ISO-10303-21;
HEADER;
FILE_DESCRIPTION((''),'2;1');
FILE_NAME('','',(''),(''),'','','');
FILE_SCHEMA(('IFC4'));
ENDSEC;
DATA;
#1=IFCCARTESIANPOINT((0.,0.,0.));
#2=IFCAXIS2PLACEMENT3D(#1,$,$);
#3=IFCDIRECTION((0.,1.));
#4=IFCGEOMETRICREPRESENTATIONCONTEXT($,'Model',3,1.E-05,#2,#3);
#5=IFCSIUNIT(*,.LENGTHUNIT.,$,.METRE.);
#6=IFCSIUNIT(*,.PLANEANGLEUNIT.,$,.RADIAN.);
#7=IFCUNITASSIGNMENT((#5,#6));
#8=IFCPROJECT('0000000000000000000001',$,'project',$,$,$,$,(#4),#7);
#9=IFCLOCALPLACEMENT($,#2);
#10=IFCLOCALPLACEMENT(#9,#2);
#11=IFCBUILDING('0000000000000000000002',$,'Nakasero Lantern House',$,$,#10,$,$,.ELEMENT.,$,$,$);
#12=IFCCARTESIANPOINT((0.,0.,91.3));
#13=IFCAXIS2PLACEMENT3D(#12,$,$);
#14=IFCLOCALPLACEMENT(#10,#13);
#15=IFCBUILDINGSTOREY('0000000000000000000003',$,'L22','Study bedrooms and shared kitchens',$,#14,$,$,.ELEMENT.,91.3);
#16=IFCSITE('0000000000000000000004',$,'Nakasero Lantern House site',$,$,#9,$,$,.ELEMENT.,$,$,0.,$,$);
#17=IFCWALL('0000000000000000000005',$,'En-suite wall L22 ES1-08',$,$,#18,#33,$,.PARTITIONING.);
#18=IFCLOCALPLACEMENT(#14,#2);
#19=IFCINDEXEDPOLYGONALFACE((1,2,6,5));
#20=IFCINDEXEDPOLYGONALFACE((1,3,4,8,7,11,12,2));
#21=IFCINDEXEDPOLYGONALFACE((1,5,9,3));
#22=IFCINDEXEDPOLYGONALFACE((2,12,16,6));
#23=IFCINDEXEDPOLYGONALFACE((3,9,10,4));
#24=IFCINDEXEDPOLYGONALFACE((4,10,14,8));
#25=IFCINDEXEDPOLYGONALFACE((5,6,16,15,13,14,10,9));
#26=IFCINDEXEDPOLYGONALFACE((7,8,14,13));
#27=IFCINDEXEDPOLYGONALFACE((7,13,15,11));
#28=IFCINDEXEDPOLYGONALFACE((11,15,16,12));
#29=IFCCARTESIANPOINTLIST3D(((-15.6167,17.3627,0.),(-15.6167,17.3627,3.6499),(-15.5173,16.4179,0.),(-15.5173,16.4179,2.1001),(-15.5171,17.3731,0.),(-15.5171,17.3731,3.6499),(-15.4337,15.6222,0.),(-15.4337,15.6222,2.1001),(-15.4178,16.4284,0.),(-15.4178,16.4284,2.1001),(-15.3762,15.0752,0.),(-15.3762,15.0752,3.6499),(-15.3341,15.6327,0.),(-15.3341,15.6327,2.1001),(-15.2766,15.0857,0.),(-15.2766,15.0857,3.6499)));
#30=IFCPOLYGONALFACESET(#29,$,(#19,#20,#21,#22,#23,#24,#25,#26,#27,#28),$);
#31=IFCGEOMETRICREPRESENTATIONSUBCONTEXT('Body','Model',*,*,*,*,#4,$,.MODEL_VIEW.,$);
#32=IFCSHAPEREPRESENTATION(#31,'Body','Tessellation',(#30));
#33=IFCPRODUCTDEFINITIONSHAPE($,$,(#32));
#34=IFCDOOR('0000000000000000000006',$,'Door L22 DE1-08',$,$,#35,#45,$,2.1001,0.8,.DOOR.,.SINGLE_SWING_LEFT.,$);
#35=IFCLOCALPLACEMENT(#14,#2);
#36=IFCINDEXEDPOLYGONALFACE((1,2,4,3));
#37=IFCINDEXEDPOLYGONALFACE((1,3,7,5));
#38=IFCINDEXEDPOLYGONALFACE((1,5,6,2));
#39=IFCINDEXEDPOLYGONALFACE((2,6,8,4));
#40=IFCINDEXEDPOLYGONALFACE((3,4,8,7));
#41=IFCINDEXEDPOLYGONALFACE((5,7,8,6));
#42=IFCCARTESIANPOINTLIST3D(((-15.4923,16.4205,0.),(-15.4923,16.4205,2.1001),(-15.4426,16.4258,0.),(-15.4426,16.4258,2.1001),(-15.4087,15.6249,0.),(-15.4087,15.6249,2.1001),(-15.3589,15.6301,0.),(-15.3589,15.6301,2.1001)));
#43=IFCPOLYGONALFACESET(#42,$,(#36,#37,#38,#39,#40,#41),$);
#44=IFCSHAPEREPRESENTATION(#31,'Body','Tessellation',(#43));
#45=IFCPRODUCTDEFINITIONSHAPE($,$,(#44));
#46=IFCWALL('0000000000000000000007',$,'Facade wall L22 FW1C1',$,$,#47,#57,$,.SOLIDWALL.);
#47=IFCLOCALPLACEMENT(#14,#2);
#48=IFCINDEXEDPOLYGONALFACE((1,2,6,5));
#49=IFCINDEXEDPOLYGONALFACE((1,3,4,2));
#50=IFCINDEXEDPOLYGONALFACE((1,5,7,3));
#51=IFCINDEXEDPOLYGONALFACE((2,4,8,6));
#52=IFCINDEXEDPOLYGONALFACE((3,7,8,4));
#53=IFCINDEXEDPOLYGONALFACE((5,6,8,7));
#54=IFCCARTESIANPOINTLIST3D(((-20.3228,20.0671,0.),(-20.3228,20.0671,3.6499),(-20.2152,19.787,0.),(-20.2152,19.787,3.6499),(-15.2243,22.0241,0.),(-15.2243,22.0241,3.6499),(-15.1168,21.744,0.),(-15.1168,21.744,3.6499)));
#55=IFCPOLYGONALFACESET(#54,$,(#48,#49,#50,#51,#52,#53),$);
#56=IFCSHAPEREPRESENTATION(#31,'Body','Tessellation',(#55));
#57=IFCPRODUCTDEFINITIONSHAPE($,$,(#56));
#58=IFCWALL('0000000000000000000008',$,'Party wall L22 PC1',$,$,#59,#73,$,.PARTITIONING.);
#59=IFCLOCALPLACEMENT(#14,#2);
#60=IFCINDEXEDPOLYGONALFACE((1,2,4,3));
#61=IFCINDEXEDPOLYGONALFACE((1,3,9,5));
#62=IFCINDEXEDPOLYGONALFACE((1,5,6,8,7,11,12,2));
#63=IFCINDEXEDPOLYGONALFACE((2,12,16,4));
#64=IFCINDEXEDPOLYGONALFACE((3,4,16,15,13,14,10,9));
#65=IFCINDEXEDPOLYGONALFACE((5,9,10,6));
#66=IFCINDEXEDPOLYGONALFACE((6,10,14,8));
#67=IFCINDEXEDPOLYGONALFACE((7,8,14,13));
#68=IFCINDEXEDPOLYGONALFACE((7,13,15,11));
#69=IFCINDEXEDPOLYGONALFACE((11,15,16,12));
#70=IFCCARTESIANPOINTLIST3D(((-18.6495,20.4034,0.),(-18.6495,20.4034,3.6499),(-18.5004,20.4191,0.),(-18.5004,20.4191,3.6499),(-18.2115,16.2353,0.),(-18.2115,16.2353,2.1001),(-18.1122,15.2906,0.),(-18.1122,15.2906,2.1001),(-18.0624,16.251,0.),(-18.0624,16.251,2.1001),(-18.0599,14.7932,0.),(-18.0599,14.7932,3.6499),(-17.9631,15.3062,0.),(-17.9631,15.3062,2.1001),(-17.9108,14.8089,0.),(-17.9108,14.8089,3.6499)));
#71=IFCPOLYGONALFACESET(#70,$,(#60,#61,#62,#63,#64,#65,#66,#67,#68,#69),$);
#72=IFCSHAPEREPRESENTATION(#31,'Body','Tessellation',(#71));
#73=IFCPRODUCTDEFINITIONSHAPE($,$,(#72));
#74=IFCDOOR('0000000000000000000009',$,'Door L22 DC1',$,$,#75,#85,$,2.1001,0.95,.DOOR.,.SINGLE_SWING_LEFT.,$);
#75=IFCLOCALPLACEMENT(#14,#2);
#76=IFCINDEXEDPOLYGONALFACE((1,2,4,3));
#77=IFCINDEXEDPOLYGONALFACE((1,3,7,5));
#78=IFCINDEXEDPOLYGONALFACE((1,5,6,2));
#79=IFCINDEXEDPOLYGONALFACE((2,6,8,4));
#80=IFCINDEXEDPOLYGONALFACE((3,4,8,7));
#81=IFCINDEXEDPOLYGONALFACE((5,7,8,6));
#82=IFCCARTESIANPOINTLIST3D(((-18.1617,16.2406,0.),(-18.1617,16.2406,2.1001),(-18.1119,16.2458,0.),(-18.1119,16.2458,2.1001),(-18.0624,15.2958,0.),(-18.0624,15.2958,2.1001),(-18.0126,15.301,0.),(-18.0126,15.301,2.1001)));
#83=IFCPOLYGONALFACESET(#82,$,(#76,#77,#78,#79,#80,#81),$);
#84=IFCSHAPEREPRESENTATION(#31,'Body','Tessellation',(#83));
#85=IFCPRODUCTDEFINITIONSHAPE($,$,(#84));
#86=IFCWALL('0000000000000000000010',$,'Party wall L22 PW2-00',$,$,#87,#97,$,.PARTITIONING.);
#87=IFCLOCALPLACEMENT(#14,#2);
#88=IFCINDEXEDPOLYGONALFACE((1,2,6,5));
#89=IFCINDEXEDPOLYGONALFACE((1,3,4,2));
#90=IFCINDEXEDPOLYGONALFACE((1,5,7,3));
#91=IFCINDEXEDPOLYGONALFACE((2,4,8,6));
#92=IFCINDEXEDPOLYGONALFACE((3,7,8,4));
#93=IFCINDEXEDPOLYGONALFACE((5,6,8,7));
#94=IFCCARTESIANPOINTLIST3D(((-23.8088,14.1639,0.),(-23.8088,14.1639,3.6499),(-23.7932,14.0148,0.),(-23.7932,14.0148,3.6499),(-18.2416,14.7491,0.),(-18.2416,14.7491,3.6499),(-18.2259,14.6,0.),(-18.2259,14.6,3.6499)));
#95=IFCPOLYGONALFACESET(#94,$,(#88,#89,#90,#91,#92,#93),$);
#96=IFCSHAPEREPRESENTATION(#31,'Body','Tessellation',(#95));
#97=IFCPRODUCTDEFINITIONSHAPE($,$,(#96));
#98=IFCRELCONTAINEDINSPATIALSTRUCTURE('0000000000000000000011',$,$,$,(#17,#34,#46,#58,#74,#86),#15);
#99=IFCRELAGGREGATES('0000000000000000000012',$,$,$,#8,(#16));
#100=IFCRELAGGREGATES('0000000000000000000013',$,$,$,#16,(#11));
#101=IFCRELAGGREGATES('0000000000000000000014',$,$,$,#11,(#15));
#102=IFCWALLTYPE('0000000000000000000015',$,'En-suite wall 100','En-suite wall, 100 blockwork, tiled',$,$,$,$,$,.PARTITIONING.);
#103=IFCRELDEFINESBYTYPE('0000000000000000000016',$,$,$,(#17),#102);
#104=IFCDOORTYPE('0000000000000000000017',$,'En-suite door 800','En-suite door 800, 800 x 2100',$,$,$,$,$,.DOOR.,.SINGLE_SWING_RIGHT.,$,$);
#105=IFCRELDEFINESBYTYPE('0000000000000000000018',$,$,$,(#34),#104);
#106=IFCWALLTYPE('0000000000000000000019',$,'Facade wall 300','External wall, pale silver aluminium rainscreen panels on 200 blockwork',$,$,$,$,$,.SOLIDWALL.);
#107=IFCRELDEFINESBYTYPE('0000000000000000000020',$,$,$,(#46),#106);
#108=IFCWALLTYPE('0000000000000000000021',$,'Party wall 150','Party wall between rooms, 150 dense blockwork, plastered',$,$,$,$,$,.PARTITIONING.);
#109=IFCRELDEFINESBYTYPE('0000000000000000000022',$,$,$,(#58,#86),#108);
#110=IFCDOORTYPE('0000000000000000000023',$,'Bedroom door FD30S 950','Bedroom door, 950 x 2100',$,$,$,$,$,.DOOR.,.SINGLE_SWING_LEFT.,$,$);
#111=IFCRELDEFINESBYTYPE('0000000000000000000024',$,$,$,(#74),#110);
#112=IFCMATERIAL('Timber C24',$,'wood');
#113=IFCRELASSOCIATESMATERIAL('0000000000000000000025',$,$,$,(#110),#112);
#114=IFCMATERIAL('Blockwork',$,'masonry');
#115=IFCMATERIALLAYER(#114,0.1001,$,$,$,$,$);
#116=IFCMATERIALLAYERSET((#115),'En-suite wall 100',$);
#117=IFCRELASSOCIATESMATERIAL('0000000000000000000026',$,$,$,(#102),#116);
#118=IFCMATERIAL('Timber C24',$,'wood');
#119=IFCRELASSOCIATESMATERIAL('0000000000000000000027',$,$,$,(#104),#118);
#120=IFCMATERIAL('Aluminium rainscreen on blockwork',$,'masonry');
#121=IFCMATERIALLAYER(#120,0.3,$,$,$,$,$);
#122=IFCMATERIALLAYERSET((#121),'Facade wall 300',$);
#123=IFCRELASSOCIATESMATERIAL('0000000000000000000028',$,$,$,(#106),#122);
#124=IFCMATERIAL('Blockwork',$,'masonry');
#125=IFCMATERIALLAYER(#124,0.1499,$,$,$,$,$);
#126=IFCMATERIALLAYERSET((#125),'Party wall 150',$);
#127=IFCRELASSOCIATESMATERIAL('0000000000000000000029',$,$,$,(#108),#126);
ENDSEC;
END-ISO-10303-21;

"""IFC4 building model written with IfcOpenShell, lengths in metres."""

from ifc_helpers import new_model, si_unit, direction, frame, frame_2d, origin, place, context, subcontext, project, spatial, rectangle, extrude, material, layer, layer_set, type_object, element, fill, save


model = new_model("IFC4")

# Units and contexts
model_context = context("Model", 3, precision=1e-05, world=origin(), true_north=direction((0.0, 1.0)))
body_context = subcontext(model_context, "Body", "Model", "MODEL_VIEW")
ifc_project = project(units=[si_unit("LENGTHUNIT", "METRE"), si_unit("PLANEANGLEUNIT", "RADIAN")], contexts=[model_context])

# Site, building, storey
site_placement = place(None, origin())
site = spatial("IfcSite", under=ifc_project, at=site_placement, Name="Nakasero Lantern House site", CompositionType="ELEMENT", RefElevation=0.0)
building_placement = place(site_placement, origin())
building = spatial("IfcBuilding", under=site, at=building_placement, Name="Nakasero Lantern House", CompositionType="ELEMENT")
storey_placement = place(building_placement, frame((0.0, 0.0, 91.3)))
storey = spatial("IfcBuildingStorey", under=building, at=storey_placement, Name="L22", Description="Study bedrooms and shared kitchens", CompositionType="ELEMENT", Elevation=91.3)

# Shared definitions
ifc_material_1 = material(Name="Timber C24", Category="wood")
door_type_1 = type_object("IfcDoorType", Name="Bedroom door FD30S 950", Description="Bedroom door, 950 x 2100", OperationType="SINGLE_SWING_LEFT", PredefinedType="DOOR", material=ifc_material_1)

# Wall, opening, door
ifc_material_2 = material(Name="Blockwork", Category="masonry")
ifc_layer_1 = layer(ifc_material_2, 0.1001)
ifc_layer_set_1 = layer_set([ifc_layer_1], Name="En-suite wall 100")
wall_type_1 = type_object("IfcWallType", Name="En-suite wall 100", Description="En-suite wall, 100 blockwork, tiled", PredefinedType="PARTITIONING", material=ifc_layer_set_1)
wall_1_placement = place(storey_placement, frame((-15.3264, 15.0806, 0.0), z_axis=(0.0, 0.0, 1.0), x_axis=(-0.104558, 0.994519, 0.0)))
wall_1 = element("IfcWall", 1, at=wall_1_placement, inside=storey, type_object=wall_type_1, Name="En-suite wall L22 ES1-08", PredefinedType="PARTITIONING", context=body_context, shape_type="SweptSolid", body=[
    extrude(rectangle(XDim=2.3, YDim=0.1001, at=frame_2d((1.1499, 0.0))), origin(), (0.0, 0.0, 1.0), 3.6499),
])
opening_1_placement = place(wall_1_placement, frame((0.55, 0.0, 0.0)))
opening_1 = element("IfcOpeningElement", 2, at=opening_1_placement, cuts=wall_1, PredefinedType="OPENING", context=body_context, shape_type="SweptSolid", body=[
    extrude(rectangle(XDim=0.8, YDim=2.1001, at=frame_2d((0.3999, 1.05))), frame((0.0, 0.0701, 0.0), z_axis=(0.0, -1.0, 0.0), x_axis=(1.0, 0.0, 0.0)), (0.0, 0.0, 1.0), 0.1401),
])
ifc_material_3 = material(Name="Timber C24", Category="wood")
door_type_2 = type_object("IfcDoorType", Name="En-suite door 800", Description="En-suite door 800, 800 x 2100", OperationType="SINGLE_SWING_RIGHT", PredefinedType="DOOR", material=ifc_material_3)
door_1_placement = place(opening_1_placement, origin())
door_1 = element("IfcDoor", 3, at=door_1_placement, inside=storey, type_object=door_type_2, Name="Door L22 DE1-08", OperationType="SINGLE_SWING_LEFT", OverallHeight=2.1001, OverallWidth=0.8, PredefinedType="DOOR", context=body_context, shape_type="SweptSolid", body=[
    extrude(rectangle(XDim=0.8, YDim=2.1001, at=frame_2d((0.3999, 1.05))), frame((0.0, 0.0249, 0.0), z_axis=(0.0, -1.0, 0.0), x_axis=(1.0, 0.0, 0.0)), (0.0, 0.0, 1.0), 0.05),
])
fill(opening_1, door_1)

# Wall
ifc_material_4 = material(Name="Aluminium rainscreen on blockwork", Category="masonry")
ifc_layer_2 = layer(ifc_material_4, 0.3)
ifc_layer_set_2 = layer_set([ifc_layer_2], Name="Facade wall 300")
wall_type_2 = type_object("IfcWallType", Name="Facade wall 300", Description="External wall, pale silver aluminium rainscreen panels on 200 blockwork", PredefinedType="SOLIDWALL", material=ifc_layer_set_2)
wall_2_placement = place(storey_placement, frame((-15.1707, 21.884, 0.0), z_axis=(0.0, 0.0, 1.0), x_axis=(-0.933584, -0.358359, 0.0)))
element("IfcWall", 4, at=wall_2_placement, inside=storey, type_object=wall_type_2, Name="Facade wall L22 FW1C1", PredefinedType="SOLIDWALL", context=body_context, shape_type="SweptSolid", body=[
    extrude(rectangle(XDim=5.4612, YDim=0.3, at=frame_2d((2.7305, 0.0))), origin(), (0.0, 0.0, 1.0), 3.6499),
])

# Wall, opening, door
ifc_material_5 = material(Name="Blockwork", Category="masonry")
ifc_layer_3 = layer(ifc_material_5, 0.1499)
ifc_layer_set_3 = layer_set([ifc_layer_3], Name="Party wall 150")
wall_type_3 = type_object("IfcWallType", Name="Party wall 150", Description="Party wall between rooms, 150 dense blockwork, plastered", PredefinedType="PARTITIONING", material=ifc_layer_set_3)
wall_3_placement = place(storey_placement, frame((-17.9854, 14.801, 0.0), z_axis=(0.0, 0.0, 1.0), x_axis=(-0.10452, 0.994523, 0.0)))
wall_3 = element("IfcWall", 5, at=wall_3_placement, inside=storey, type_object=wall_type_3, Name="Party wall L22 PC1", PredefinedType="PARTITIONING", context=body_context, shape_type="SweptSolid", body=[
    extrude(rectangle(XDim=5.6411, YDim=0.1499, at=frame_2d((2.8206, 0.0))), origin(), (0.0, 0.0, 1.0), 3.6499),
])
opening_2_placement = place(wall_3_placement, frame((0.5, 0.0, 0.0)))
opening_2 = element("IfcOpeningElement", 6, at=opening_2_placement, cuts=wall_3, PredefinedType="OPENING", context=body_context, shape_type="SweptSolid", body=[
    extrude(rectangle(XDim=0.95, YDim=2.1001, at=frame_2d((0.4751, 1.05))), frame((0.0, 0.095, 0.0), z_axis=(0.0, -1.0, 0.0), x_axis=(1.0, 0.0, 0.0)), (0.0, 0.0, 1.0), 0.1899),
])
door_2_placement = place(opening_2_placement, origin())
door_2 = element("IfcDoor", 7, at=door_2_placement, inside=storey, type_object=door_type_1, Name="Door L22 DC1", OperationType="SINGLE_SWING_LEFT", OverallHeight=2.1001, OverallWidth=0.95, PredefinedType="DOOR", context=body_context, shape_type="SweptSolid", body=[
    extrude(rectangle(XDim=0.95, YDim=2.1001, at=frame_2d((0.4751, 1.05))), frame((0.0, 0.0249, 0.0), z_axis=(0.0, -1.0, 0.0), x_axis=(1.0, 0.0, 0.0)), (0.0, 0.0, 1.0), 0.05),
])
fill(opening_2, door_2)

# Wall
wall_4_placement = place(storey_placement, frame((-18.2339, 14.6746, 0.0), z_axis=(0.0, 0.0, 1.0), x_axis=(-0.99452, -0.104542, 0.0)))
element("IfcWall", 8, at=wall_4_placement, inside=storey, type_object=wall_type_3, Name="Party wall L22 PW2-00", PredefinedType="PARTITIONING", context=body_context, shape_type="SweptSolid", body=[
    extrude(rectangle(XDim=5.5979, YDim=0.1499, at=frame_2d((2.7988, 0.0))), origin(), (0.0, 0.0, 1.0), 3.6499),
])

save(model, "model.ifc")
